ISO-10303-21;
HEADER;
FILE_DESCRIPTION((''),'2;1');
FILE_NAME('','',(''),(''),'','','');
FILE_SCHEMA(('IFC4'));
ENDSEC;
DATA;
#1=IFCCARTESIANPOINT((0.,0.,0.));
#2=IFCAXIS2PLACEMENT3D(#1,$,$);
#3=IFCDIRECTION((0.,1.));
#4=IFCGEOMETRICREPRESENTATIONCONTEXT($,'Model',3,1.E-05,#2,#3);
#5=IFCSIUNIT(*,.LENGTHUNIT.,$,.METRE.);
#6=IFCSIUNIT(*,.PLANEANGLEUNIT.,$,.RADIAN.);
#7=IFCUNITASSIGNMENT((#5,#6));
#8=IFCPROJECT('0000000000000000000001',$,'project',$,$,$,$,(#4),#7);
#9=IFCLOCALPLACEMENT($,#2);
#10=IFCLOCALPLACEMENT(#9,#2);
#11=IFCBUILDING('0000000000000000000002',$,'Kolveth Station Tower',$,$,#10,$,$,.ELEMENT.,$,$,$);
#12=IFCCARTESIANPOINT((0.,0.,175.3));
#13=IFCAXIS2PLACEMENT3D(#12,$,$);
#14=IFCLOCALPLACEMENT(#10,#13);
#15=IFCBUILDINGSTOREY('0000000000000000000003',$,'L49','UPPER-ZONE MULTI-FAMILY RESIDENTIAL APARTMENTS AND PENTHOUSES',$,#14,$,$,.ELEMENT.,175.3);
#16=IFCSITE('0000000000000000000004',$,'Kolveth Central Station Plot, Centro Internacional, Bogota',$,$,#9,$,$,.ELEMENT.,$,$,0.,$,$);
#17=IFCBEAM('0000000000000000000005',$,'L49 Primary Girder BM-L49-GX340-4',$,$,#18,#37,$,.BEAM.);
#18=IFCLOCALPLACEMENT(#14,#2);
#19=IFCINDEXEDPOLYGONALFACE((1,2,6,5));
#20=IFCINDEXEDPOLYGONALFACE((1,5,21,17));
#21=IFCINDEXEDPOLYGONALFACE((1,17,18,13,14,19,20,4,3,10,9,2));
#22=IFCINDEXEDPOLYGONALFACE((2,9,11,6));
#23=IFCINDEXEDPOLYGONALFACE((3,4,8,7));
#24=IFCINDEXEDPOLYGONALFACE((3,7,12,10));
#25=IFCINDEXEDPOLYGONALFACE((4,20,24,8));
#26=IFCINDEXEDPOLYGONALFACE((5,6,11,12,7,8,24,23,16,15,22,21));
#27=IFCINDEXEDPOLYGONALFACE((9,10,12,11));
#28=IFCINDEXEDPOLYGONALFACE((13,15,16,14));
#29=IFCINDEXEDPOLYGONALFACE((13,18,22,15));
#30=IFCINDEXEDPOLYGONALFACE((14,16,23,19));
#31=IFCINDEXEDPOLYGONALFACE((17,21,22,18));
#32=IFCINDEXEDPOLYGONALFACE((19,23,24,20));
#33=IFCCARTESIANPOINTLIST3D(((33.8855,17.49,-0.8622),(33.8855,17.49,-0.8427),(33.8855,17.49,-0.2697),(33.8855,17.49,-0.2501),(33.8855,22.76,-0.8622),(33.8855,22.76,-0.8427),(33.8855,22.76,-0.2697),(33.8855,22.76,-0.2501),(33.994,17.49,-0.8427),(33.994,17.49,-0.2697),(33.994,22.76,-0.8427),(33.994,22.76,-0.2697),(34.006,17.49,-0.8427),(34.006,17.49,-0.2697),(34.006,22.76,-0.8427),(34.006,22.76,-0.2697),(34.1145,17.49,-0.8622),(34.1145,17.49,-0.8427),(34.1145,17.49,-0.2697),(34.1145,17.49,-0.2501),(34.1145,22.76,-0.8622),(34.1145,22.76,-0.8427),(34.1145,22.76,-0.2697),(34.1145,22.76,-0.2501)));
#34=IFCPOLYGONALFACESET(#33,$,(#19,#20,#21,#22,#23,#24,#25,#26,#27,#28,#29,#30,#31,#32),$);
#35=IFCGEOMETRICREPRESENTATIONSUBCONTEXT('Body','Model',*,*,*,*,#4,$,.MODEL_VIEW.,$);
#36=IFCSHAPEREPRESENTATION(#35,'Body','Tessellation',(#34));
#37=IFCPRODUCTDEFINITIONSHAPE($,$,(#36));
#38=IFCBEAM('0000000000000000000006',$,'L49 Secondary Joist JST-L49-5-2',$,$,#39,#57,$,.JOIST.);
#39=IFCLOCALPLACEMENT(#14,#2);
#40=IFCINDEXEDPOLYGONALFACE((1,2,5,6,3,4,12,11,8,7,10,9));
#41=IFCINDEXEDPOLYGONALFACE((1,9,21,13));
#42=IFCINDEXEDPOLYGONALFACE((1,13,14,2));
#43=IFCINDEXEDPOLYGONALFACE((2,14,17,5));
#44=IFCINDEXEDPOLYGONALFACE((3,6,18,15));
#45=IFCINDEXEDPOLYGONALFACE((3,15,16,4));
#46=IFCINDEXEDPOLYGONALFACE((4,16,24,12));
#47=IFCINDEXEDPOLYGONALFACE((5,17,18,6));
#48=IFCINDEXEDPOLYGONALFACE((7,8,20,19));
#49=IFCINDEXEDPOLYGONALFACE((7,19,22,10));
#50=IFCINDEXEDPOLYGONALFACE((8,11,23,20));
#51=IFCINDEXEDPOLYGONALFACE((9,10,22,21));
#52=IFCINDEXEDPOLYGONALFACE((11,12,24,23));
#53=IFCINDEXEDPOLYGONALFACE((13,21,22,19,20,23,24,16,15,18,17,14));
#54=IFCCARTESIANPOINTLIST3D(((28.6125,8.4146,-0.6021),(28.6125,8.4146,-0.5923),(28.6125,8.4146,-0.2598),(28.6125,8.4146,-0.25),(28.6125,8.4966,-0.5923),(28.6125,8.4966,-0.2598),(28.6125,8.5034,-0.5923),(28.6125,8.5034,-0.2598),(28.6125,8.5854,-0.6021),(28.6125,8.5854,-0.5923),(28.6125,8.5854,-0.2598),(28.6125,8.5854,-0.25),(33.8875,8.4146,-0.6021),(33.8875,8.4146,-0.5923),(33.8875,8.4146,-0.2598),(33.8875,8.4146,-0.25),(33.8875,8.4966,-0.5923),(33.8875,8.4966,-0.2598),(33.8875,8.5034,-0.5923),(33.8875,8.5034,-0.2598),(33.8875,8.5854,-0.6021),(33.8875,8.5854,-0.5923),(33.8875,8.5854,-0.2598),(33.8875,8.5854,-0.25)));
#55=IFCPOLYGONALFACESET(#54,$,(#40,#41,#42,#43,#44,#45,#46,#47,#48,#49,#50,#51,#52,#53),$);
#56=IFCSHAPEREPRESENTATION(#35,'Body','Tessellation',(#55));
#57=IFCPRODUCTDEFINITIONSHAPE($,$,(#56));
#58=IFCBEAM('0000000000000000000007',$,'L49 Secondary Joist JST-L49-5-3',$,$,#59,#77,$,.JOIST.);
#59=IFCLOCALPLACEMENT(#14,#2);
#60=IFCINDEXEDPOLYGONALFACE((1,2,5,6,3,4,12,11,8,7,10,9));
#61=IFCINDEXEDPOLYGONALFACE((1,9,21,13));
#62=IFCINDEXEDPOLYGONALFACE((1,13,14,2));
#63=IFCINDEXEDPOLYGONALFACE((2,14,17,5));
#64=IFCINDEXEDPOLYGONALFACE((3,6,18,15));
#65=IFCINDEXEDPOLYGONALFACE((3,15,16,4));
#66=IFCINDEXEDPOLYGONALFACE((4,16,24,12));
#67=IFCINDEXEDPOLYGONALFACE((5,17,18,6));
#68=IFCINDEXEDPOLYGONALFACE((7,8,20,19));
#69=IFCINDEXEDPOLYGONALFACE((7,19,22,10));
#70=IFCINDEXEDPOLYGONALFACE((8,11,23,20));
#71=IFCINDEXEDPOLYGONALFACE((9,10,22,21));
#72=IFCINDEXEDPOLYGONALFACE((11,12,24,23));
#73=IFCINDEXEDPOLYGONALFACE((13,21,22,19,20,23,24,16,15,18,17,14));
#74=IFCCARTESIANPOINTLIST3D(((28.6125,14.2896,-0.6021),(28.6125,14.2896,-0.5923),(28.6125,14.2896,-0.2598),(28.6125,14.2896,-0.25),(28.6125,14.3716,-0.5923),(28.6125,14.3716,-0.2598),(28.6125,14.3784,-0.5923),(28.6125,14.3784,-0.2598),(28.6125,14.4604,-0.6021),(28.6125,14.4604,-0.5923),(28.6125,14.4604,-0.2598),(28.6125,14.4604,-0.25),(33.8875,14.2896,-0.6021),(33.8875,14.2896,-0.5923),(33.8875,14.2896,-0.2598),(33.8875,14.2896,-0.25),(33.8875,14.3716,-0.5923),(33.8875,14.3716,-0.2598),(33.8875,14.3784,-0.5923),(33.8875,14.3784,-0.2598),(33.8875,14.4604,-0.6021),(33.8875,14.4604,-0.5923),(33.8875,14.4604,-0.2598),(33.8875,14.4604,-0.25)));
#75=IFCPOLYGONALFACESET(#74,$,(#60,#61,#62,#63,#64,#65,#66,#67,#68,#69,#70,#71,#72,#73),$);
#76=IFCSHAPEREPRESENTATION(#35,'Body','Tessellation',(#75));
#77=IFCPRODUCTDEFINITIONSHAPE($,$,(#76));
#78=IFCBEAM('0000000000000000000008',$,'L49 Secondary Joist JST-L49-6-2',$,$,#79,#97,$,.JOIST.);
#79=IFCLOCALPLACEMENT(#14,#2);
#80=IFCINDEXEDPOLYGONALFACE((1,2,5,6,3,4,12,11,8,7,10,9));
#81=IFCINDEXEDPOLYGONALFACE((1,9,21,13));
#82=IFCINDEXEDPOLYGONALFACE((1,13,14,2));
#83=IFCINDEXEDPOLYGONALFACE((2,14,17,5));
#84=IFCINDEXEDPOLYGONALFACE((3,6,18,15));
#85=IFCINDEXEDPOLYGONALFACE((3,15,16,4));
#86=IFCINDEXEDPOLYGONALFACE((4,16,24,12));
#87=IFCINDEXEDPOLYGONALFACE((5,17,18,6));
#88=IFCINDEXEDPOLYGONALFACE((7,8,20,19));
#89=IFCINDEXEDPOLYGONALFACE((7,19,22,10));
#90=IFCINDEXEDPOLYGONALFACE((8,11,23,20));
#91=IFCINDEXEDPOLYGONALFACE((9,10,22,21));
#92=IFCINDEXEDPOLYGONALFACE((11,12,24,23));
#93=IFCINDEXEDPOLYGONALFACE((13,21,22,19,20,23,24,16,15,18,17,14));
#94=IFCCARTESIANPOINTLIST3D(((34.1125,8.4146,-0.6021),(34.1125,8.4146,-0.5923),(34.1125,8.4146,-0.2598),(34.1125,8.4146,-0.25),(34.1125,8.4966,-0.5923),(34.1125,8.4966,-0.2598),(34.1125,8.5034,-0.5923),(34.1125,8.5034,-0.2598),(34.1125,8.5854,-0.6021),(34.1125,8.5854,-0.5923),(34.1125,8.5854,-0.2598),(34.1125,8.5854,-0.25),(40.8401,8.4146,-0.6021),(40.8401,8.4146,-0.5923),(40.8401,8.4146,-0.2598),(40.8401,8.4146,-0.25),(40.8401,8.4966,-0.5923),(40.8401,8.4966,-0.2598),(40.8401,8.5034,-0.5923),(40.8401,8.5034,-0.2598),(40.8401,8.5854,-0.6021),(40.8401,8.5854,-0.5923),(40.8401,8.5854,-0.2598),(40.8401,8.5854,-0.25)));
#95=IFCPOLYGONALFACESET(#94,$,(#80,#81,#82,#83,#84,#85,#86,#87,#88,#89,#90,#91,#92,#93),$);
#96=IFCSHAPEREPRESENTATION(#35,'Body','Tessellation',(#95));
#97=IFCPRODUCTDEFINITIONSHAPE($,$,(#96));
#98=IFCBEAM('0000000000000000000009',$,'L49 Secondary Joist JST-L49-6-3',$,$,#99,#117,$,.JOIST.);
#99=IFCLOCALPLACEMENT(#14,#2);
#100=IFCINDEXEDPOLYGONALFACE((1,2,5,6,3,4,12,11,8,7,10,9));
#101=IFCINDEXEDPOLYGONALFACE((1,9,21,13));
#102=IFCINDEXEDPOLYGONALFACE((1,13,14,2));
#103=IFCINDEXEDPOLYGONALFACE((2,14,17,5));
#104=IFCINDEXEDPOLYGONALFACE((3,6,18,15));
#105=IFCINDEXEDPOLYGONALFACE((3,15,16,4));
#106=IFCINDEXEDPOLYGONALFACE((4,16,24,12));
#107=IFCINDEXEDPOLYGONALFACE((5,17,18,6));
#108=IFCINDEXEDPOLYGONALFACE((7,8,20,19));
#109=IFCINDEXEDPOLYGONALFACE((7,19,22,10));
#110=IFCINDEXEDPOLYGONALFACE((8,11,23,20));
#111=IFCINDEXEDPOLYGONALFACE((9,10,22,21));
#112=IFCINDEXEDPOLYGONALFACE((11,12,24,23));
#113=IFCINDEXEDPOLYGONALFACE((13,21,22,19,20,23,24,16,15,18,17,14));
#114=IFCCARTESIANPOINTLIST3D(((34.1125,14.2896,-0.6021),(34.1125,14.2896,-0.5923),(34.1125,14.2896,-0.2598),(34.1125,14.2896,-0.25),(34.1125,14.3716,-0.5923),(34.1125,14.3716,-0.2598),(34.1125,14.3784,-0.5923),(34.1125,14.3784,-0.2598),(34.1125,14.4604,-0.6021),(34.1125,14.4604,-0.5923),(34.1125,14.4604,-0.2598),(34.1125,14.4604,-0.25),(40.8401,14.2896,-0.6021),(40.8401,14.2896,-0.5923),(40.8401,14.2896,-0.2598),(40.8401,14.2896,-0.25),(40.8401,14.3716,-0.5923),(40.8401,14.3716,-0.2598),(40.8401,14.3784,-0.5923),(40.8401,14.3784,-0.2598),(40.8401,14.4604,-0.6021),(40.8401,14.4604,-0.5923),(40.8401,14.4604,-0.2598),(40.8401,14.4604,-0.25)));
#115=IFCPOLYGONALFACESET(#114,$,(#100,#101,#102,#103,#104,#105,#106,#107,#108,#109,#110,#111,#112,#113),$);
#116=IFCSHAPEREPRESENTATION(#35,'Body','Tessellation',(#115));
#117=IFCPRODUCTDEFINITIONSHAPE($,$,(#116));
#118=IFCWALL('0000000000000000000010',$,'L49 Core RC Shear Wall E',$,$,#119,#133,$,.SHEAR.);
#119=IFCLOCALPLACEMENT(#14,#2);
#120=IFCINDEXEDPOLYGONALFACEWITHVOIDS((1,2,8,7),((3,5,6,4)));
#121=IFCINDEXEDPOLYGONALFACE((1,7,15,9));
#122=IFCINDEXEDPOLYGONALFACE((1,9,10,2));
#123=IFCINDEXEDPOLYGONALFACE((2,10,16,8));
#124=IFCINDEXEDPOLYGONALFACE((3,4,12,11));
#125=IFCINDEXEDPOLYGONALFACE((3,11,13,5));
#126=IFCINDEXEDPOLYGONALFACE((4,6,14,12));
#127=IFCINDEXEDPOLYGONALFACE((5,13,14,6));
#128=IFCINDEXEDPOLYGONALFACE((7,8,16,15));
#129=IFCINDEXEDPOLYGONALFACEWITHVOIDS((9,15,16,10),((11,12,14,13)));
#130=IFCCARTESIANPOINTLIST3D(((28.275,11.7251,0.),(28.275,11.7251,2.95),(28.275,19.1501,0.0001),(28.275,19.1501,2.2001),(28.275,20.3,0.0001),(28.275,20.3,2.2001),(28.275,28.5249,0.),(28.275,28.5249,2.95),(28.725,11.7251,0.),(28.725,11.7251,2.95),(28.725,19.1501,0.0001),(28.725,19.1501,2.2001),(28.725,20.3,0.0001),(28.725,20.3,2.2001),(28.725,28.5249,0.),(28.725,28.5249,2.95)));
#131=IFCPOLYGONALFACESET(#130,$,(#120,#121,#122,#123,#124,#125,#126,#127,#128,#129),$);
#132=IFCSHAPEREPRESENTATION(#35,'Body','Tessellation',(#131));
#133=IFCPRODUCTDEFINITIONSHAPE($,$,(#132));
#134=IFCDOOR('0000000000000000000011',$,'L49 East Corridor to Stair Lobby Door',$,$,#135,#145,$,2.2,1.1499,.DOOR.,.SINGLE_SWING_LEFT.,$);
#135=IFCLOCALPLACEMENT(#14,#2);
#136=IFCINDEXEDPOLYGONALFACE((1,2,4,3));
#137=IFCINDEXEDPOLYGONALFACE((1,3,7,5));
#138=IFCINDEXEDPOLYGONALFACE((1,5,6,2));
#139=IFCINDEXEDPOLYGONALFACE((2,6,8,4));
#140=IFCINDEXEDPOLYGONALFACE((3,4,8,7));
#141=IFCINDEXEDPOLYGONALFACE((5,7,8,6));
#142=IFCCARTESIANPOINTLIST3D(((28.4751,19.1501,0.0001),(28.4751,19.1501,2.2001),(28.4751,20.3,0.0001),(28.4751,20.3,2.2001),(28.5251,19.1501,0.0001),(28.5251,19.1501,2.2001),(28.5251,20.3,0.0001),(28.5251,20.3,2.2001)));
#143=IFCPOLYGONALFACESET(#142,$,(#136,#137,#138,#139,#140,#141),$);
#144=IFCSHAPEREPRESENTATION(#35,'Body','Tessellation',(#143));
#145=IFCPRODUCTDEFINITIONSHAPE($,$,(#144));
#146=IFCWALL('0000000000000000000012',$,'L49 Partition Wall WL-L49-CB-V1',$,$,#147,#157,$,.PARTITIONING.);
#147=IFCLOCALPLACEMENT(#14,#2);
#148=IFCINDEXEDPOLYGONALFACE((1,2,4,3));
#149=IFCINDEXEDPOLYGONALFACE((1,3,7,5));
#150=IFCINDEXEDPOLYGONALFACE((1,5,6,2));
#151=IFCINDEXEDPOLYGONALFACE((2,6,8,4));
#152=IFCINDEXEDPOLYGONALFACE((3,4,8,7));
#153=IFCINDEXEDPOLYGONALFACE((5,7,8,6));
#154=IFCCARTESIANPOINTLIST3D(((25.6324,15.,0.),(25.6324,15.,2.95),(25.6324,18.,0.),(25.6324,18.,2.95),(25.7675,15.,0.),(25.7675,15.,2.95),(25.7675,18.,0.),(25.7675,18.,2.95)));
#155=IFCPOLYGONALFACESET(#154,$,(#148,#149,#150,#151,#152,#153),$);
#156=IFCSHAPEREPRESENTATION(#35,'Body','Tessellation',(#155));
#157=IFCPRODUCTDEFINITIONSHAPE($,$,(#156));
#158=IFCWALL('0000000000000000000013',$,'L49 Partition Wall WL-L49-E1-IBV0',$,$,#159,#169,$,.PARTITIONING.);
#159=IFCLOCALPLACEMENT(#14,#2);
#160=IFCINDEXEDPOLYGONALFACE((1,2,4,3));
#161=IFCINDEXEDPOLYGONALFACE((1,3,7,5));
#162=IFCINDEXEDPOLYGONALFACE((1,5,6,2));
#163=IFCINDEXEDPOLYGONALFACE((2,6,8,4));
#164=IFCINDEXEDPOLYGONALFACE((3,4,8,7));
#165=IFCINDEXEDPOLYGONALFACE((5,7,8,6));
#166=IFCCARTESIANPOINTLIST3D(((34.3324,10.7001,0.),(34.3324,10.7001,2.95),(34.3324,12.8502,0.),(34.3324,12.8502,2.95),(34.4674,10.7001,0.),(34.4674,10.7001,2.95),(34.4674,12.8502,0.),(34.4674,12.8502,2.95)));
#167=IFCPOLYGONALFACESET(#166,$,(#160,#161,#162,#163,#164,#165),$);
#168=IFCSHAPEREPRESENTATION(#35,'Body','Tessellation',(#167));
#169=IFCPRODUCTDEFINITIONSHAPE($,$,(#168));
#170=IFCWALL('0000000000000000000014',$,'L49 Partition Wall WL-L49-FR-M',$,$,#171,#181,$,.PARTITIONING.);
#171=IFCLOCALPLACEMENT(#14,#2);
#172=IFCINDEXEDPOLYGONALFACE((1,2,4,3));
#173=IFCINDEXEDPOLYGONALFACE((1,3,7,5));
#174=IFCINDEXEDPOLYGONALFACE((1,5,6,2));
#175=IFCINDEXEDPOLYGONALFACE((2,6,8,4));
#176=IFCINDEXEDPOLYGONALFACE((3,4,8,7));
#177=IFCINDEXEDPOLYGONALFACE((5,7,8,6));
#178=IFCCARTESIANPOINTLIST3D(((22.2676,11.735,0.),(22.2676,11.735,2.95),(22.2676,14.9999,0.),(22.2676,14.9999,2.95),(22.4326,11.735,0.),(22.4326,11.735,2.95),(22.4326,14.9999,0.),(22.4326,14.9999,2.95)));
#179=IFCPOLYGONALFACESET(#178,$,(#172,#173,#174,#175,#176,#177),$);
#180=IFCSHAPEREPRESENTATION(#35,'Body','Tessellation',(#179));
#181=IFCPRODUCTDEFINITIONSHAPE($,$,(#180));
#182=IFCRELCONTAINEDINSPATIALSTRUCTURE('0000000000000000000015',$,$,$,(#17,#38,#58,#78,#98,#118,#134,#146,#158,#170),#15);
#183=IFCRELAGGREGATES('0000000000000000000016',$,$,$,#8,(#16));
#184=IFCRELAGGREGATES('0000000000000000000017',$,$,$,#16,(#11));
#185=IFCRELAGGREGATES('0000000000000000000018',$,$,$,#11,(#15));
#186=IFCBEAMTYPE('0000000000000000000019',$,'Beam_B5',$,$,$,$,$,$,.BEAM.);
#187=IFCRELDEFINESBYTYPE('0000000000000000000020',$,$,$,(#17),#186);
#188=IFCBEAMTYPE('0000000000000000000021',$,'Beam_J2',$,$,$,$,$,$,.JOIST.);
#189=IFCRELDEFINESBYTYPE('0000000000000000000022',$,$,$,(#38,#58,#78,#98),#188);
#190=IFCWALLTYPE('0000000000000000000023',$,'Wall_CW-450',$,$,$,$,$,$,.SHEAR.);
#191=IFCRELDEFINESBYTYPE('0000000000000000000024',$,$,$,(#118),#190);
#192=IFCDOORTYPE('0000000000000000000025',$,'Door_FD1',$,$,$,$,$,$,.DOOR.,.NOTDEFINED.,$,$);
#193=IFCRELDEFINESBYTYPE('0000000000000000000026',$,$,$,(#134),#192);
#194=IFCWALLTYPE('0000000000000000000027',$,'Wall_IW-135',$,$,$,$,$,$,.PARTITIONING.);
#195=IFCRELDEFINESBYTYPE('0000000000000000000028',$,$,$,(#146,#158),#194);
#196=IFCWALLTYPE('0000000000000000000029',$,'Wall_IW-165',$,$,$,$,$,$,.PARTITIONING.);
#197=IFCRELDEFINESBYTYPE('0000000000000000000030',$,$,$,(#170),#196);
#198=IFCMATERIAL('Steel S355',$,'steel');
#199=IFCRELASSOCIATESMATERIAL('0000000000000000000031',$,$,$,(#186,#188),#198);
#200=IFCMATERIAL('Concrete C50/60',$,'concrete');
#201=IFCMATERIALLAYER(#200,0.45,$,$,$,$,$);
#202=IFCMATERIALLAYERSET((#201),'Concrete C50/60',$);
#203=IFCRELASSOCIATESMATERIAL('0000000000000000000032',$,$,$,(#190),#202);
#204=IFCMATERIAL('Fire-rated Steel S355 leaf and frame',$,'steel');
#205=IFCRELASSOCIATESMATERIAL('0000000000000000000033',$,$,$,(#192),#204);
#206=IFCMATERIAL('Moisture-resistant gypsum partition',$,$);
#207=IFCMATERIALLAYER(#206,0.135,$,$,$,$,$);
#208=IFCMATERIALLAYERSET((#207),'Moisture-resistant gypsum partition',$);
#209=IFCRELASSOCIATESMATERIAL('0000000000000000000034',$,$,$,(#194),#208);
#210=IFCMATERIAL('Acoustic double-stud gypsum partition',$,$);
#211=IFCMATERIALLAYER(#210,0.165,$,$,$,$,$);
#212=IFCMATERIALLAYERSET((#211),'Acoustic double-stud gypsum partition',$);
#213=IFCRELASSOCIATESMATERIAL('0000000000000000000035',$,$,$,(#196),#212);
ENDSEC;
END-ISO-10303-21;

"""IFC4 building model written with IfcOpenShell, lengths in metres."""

from ifc_helpers import new_model, si_unit, direction, frame, frame_2d, origin, origin_2d, place, context, subcontext, project, spatial, rectangle, i_section, extrude, source, transform, mapped, material, layer, layer_set, material_profile, profile_set, type_object, element, fill, save


model = new_model("IFC4")

# Units and contexts
model_context = context("Model", 3, precision=1e-05, world=origin(), true_north=direction((0.0, 1.0)))
body_context = subcontext(model_context, "Body", "Model", "MODEL_VIEW")
ifc_project = project(units=[si_unit("LENGTHUNIT", "METRE"), si_unit("PLANEANGLEUNIT", "RADIAN")], contexts=[model_context])

# Site, building, storey
site_placement = place(None, origin())
site = spatial("IfcSite", under=ifc_project, at=site_placement, Name="Kolveth Central Station Plot, Centro Internacional, Bogota", CompositionType="ELEMENT", RefElevation=0.0)
building_placement = place(site_placement, origin())
building = spatial("IfcBuilding", under=site, at=building_placement, Name="Kolveth Station Tower", CompositionType="ELEMENT")
storey_placement = place(building_placement, frame((0.0, 0.0, 175.3)))
storey = spatial("IfcBuildingStorey", under=building, at=storey_placement, Name="L49", Description="UPPER-ZONE MULTI-FAMILY RESIDENTIAL APARTMENTS AND PENTHOUSES", CompositionType="ELEMENT", Elevation=175.3)

# Shared definitions
ifc_material_1 = material(Name="Steel S355", Category="steel")

# Beams
ifc_material_profile_1 = material_profile(ifc_material_1, i_section(OverallWidth=0.229, OverallDepth=0.6121, WebThickness=0.012, FlangeThickness=0.0195, at=origin_2d()), Name="W610x125")
ifc_profile_set_1 = profile_set([ifc_material_profile_1], Name="Steel S355")
beam_type_1 = type_object("IfcBeamType", Name="Beam_B5", PredefinedType="BEAM", material=ifc_profile_set_1)
shared_shape_1 = source(origin(), body_context, "Body", "SweptSolid", [
    extrude(i_section(OverallWidth=0.229, OverallDepth=0.6121, WebThickness=0.012, FlangeThickness=0.0195, at=origin_2d()), origin(), (0.0, 0.0, 1.0), 5.27),
])
for number, where, z_axis, x_axis, name in (
    (1, (34.0, 17.49, -0.5562), (0.0, 1.0, 0.0), (-1.0, 0.0, 0.0), "L49 Primary Girder BM-L49-GX340-4"),
):
    element("IfcBeam", number, at=place(storey_placement, frame(where, z_axis=z_axis, x_axis=x_axis)), inside=storey, type_object=beam_type_1, Name=name, PredefinedType="BEAM", context=body_context, shape_type="MappedRepresentation", body=[
        mapped(shared_shape_1, transform((0.0, 0.0, 0.0), x_axis=(1.0, 0.0, 0.0), y_axis=(0.0, 1.0, 0.0), z_axis=(0.0, 0.0, 1.0), scale=1.0)),
    ])
ifc_material_profile_2 = material_profile(ifc_material_1, i_section(OverallWidth=0.1709, OverallDepth=0.3521, WebThickness=0.0068, FlangeThickness=0.0098, at=origin_2d()), Name="W360x44")
ifc_profile_set_2 = profile_set([ifc_material_profile_2], Name="Steel S355")
beam_type_2 = type_object("IfcBeamType", Name="Beam_J2", PredefinedType="JOIST", material=ifc_profile_set_2)
shared_shape_2 = source(origin(), body_context, "Body", "SweptSolid", [
    extrude(i_section(OverallWidth=0.1709, OverallDepth=0.3521, WebThickness=0.0068, FlangeThickness=0.0098, at=origin_2d()), origin(), (0.0, 0.0, 1.0), 5.2749),
])
for number, where, z_axis, x_axis, name in (
    (2, (28.6125, 8.5, -0.426), (1.0, 0.0, 0.0), (0.0, 1.0, 0.0), "L49 Secondary Joist JST-L49-5-2"),
    (3, (28.6125, 14.375, -0.426), (1.0, 0.0, 0.0), (0.0, 1.0, 0.0), "L49 Secondary Joist JST-L49-5-3"),
):
    element("IfcBeam", number, at=place(storey_placement, frame(where, z_axis=z_axis, x_axis=x_axis)), inside=storey, type_object=beam_type_2, Name=name, PredefinedType="JOIST", context=body_context, shape_type="MappedRepresentation", body=[
        mapped(shared_shape_2, transform((0.0, 0.0, 0.0), x_axis=(1.0, 0.0, 0.0), y_axis=(0.0, 1.0, 0.0), z_axis=(0.0, 0.0, 1.0), scale=1.0)),
    ])
shared_shape_3 = source(origin(), body_context, "Body", "SweptSolid", [
    extrude(i_section(OverallWidth=0.1709, OverallDepth=0.3521, WebThickness=0.0068, FlangeThickness=0.0098, at=origin_2d()), origin(), (0.0, 0.0, 1.0), 6.7275),
])
for number, where, z_axis, x_axis, name in (
    (4, (34.1125, 8.5, -0.426), (1.0, 0.0, 0.0), (0.0, 1.0, 0.0), "L49 Secondary Joist JST-L49-6-2"),
    (5, (34.1125, 14.375, -0.426), (1.0, 0.0, 0.0), (0.0, 1.0, 0.0), "L49 Secondary Joist JST-L49-6-3"),
):
    element("IfcBeam", number, at=place(storey_placement, frame(where, z_axis=z_axis, x_axis=x_axis)), inside=storey, type_object=beam_type_2, Name=name, PredefinedType="JOIST", context=body_context, shape_type="MappedRepresentation", body=[
        mapped(shared_shape_3, transform((0.0, 0.0, 0.0), x_axis=(1.0, 0.0, 0.0), y_axis=(0.0, 1.0, 0.0), z_axis=(0.0, 0.0, 1.0), scale=1.0)),
    ])

# Wall, opening, door
ifc_material_2 = material(Name="Concrete C50/60", Category="concrete")
ifc_layer_1 = layer(ifc_material_2, 0.45)
ifc_layer_set_1 = layer_set([ifc_layer_1], Name="Concrete C50/60")
wall_type_1 = type_object("IfcWallType", Name="Wall_CW-450", PredefinedType="SHEAR", material=ifc_layer_set_1)
wall_1_placement = place(storey_placement, frame((28.5, 11.7251, 0.0), z_axis=(0.0, 0.0, 1.0), x_axis=(0.0, 1.0, 0.0)))
wall_1 = element("IfcWall", 6, at=wall_1_placement, inside=storey, type_object=wall_type_1, Name="L49 Core RC Shear Wall E", PredefinedType="SHEAR", context=body_context, shape_type="SweptSolid", body=[
    extrude(rectangle(XDim=16.7998, YDim=0.45, at=frame_2d((8.3999, 0.0))), origin(), (0.0, 0.0, 1.0), 2.95),
])
opening_1_placement = place(wall_1_placement, frame((7.425, 0.0, 0.0)))
opening_1 = element("IfcOpeningElement", 7, at=opening_1_placement, cuts=wall_1, PredefinedType="OPENING", context=body_context, shape_type="SweptSolid", body=[
    extrude(rectangle(XDim=1.1499, YDim=2.2, at=frame_2d((0.575, 1.1001))), frame((0.0, 0.2349, 0.0), z_axis=(0.0, -1.0, 0.0), x_axis=(1.0, 0.0, 0.0)), (0.0, 0.0, 1.0), 0.47),
])
ifc_material_3 = material(Name="Fire-rated Steel S355 leaf and frame", Category="steel")
door_type_1 = type_object("IfcDoorType", Name="Door_FD1", OperationType="NOTDEFINED", PredefinedType="DOOR", material=ifc_material_3)
door_1_placement = place(opening_1_placement, origin())
door_1 = element("IfcDoor", 8, at=door_1_placement, inside=storey, type_object=door_type_1, Name="L49 East Corridor to Stair Lobby Door", OperationType="SINGLE_SWING_LEFT", OverallHeight=2.2, OverallWidth=1.1499, PredefinedType="DOOR", context=body_context, shape_type="SweptSolid", body=[
    extrude(rectangle(XDim=1.1499, YDim=2.2, at=frame_2d((0.575, 1.1001))), frame((0.0, 0.0249, 0.0), z_axis=(0.0, -1.0, 0.0), x_axis=(1.0, 0.0, 0.0)), (0.0, 0.0, 1.0), 0.05),
])
fill(opening_1, door_1)

# Wall
ifc_material_4 = material(Name="Moisture-resistant gypsum partition")
ifc_layer_2 = layer(ifc_material_4, 0.135)
ifc_layer_set_2 = layer_set([ifc_layer_2], Name="Moisture-resistant gypsum partition")
wall_type_2 = type_object("IfcWallType", Name="Wall_IW-135", PredefinedType="PARTITIONING", material=ifc_layer_set_2)
wall_2_placement = place(storey_placement, frame((25.7, 15.0, 0.0), z_axis=(0.0, 0.0, 1.0), x_axis=(0.0, 1.0, 0.0)))
element("IfcWall", 9, at=wall_2_placement, inside=storey, type_object=wall_type_2, Name="L49 Partition Wall WL-L49-CB-V1", PredefinedType="PARTITIONING", context=body_context, shape_type="SweptSolid", body=[
    extrude(rectangle(XDim=3.0, YDim=0.135, at=frame_2d((1.5, 0.0))), origin(), (0.0, 0.0, 1.0), 2.95),
])

# Walls
wall_3_placement = place(storey_placement, frame((34.3999, 10.7, 0.0), z_axis=(0.0, 0.0, 1.0), x_axis=(0.0, 1.0, 0.0)))
element("IfcWall", 10, at=wall_3_placement, inside=storey, type_object=wall_type_2, Name="L49 Partition Wall WL-L49-E1-IBV0", PredefinedType="PARTITIONING", context=body_context, shape_type="SweptSolid", body=[
    extrude(rectangle(XDim=2.1501, YDim=0.135, at=frame_2d((1.0752, 0.0))), origin(), (0.0, 0.0, 1.0), 2.95),
])
ifc_material_5 = material(Name="Acoustic double-stud gypsum partition")
ifc_layer_3 = layer(ifc_material_5, 0.165)
ifc_layer_set_3 = layer_set([ifc_layer_3], Name="Acoustic double-stud gypsum partition")
wall_type_3 = type_object("IfcWallType", Name="Wall_IW-165", PredefinedType="PARTITIONING", material=ifc_layer_set_3)
wall_4_placement = place(storey_placement, frame((22.3501, 11.7351, 0.0), z_axis=(0.0, 0.0, 1.0), x_axis=(0.0, 1.0, 0.0)))
element("IfcWall", 11, at=wall_4_placement, inside=storey, type_object=wall_type_3, Name="L49 Partition Wall WL-L49-FR-M", PredefinedType="PARTITIONING", context=body_context, shape_type="SweptSolid", body=[
    extrude(rectangle(XDim=3.2649, YDim=0.165, at=frame_2d((1.6323, 0.0))), origin(), (0.0, 0.0, 1.0), 2.95),
])

save(model, "model.ifc")
